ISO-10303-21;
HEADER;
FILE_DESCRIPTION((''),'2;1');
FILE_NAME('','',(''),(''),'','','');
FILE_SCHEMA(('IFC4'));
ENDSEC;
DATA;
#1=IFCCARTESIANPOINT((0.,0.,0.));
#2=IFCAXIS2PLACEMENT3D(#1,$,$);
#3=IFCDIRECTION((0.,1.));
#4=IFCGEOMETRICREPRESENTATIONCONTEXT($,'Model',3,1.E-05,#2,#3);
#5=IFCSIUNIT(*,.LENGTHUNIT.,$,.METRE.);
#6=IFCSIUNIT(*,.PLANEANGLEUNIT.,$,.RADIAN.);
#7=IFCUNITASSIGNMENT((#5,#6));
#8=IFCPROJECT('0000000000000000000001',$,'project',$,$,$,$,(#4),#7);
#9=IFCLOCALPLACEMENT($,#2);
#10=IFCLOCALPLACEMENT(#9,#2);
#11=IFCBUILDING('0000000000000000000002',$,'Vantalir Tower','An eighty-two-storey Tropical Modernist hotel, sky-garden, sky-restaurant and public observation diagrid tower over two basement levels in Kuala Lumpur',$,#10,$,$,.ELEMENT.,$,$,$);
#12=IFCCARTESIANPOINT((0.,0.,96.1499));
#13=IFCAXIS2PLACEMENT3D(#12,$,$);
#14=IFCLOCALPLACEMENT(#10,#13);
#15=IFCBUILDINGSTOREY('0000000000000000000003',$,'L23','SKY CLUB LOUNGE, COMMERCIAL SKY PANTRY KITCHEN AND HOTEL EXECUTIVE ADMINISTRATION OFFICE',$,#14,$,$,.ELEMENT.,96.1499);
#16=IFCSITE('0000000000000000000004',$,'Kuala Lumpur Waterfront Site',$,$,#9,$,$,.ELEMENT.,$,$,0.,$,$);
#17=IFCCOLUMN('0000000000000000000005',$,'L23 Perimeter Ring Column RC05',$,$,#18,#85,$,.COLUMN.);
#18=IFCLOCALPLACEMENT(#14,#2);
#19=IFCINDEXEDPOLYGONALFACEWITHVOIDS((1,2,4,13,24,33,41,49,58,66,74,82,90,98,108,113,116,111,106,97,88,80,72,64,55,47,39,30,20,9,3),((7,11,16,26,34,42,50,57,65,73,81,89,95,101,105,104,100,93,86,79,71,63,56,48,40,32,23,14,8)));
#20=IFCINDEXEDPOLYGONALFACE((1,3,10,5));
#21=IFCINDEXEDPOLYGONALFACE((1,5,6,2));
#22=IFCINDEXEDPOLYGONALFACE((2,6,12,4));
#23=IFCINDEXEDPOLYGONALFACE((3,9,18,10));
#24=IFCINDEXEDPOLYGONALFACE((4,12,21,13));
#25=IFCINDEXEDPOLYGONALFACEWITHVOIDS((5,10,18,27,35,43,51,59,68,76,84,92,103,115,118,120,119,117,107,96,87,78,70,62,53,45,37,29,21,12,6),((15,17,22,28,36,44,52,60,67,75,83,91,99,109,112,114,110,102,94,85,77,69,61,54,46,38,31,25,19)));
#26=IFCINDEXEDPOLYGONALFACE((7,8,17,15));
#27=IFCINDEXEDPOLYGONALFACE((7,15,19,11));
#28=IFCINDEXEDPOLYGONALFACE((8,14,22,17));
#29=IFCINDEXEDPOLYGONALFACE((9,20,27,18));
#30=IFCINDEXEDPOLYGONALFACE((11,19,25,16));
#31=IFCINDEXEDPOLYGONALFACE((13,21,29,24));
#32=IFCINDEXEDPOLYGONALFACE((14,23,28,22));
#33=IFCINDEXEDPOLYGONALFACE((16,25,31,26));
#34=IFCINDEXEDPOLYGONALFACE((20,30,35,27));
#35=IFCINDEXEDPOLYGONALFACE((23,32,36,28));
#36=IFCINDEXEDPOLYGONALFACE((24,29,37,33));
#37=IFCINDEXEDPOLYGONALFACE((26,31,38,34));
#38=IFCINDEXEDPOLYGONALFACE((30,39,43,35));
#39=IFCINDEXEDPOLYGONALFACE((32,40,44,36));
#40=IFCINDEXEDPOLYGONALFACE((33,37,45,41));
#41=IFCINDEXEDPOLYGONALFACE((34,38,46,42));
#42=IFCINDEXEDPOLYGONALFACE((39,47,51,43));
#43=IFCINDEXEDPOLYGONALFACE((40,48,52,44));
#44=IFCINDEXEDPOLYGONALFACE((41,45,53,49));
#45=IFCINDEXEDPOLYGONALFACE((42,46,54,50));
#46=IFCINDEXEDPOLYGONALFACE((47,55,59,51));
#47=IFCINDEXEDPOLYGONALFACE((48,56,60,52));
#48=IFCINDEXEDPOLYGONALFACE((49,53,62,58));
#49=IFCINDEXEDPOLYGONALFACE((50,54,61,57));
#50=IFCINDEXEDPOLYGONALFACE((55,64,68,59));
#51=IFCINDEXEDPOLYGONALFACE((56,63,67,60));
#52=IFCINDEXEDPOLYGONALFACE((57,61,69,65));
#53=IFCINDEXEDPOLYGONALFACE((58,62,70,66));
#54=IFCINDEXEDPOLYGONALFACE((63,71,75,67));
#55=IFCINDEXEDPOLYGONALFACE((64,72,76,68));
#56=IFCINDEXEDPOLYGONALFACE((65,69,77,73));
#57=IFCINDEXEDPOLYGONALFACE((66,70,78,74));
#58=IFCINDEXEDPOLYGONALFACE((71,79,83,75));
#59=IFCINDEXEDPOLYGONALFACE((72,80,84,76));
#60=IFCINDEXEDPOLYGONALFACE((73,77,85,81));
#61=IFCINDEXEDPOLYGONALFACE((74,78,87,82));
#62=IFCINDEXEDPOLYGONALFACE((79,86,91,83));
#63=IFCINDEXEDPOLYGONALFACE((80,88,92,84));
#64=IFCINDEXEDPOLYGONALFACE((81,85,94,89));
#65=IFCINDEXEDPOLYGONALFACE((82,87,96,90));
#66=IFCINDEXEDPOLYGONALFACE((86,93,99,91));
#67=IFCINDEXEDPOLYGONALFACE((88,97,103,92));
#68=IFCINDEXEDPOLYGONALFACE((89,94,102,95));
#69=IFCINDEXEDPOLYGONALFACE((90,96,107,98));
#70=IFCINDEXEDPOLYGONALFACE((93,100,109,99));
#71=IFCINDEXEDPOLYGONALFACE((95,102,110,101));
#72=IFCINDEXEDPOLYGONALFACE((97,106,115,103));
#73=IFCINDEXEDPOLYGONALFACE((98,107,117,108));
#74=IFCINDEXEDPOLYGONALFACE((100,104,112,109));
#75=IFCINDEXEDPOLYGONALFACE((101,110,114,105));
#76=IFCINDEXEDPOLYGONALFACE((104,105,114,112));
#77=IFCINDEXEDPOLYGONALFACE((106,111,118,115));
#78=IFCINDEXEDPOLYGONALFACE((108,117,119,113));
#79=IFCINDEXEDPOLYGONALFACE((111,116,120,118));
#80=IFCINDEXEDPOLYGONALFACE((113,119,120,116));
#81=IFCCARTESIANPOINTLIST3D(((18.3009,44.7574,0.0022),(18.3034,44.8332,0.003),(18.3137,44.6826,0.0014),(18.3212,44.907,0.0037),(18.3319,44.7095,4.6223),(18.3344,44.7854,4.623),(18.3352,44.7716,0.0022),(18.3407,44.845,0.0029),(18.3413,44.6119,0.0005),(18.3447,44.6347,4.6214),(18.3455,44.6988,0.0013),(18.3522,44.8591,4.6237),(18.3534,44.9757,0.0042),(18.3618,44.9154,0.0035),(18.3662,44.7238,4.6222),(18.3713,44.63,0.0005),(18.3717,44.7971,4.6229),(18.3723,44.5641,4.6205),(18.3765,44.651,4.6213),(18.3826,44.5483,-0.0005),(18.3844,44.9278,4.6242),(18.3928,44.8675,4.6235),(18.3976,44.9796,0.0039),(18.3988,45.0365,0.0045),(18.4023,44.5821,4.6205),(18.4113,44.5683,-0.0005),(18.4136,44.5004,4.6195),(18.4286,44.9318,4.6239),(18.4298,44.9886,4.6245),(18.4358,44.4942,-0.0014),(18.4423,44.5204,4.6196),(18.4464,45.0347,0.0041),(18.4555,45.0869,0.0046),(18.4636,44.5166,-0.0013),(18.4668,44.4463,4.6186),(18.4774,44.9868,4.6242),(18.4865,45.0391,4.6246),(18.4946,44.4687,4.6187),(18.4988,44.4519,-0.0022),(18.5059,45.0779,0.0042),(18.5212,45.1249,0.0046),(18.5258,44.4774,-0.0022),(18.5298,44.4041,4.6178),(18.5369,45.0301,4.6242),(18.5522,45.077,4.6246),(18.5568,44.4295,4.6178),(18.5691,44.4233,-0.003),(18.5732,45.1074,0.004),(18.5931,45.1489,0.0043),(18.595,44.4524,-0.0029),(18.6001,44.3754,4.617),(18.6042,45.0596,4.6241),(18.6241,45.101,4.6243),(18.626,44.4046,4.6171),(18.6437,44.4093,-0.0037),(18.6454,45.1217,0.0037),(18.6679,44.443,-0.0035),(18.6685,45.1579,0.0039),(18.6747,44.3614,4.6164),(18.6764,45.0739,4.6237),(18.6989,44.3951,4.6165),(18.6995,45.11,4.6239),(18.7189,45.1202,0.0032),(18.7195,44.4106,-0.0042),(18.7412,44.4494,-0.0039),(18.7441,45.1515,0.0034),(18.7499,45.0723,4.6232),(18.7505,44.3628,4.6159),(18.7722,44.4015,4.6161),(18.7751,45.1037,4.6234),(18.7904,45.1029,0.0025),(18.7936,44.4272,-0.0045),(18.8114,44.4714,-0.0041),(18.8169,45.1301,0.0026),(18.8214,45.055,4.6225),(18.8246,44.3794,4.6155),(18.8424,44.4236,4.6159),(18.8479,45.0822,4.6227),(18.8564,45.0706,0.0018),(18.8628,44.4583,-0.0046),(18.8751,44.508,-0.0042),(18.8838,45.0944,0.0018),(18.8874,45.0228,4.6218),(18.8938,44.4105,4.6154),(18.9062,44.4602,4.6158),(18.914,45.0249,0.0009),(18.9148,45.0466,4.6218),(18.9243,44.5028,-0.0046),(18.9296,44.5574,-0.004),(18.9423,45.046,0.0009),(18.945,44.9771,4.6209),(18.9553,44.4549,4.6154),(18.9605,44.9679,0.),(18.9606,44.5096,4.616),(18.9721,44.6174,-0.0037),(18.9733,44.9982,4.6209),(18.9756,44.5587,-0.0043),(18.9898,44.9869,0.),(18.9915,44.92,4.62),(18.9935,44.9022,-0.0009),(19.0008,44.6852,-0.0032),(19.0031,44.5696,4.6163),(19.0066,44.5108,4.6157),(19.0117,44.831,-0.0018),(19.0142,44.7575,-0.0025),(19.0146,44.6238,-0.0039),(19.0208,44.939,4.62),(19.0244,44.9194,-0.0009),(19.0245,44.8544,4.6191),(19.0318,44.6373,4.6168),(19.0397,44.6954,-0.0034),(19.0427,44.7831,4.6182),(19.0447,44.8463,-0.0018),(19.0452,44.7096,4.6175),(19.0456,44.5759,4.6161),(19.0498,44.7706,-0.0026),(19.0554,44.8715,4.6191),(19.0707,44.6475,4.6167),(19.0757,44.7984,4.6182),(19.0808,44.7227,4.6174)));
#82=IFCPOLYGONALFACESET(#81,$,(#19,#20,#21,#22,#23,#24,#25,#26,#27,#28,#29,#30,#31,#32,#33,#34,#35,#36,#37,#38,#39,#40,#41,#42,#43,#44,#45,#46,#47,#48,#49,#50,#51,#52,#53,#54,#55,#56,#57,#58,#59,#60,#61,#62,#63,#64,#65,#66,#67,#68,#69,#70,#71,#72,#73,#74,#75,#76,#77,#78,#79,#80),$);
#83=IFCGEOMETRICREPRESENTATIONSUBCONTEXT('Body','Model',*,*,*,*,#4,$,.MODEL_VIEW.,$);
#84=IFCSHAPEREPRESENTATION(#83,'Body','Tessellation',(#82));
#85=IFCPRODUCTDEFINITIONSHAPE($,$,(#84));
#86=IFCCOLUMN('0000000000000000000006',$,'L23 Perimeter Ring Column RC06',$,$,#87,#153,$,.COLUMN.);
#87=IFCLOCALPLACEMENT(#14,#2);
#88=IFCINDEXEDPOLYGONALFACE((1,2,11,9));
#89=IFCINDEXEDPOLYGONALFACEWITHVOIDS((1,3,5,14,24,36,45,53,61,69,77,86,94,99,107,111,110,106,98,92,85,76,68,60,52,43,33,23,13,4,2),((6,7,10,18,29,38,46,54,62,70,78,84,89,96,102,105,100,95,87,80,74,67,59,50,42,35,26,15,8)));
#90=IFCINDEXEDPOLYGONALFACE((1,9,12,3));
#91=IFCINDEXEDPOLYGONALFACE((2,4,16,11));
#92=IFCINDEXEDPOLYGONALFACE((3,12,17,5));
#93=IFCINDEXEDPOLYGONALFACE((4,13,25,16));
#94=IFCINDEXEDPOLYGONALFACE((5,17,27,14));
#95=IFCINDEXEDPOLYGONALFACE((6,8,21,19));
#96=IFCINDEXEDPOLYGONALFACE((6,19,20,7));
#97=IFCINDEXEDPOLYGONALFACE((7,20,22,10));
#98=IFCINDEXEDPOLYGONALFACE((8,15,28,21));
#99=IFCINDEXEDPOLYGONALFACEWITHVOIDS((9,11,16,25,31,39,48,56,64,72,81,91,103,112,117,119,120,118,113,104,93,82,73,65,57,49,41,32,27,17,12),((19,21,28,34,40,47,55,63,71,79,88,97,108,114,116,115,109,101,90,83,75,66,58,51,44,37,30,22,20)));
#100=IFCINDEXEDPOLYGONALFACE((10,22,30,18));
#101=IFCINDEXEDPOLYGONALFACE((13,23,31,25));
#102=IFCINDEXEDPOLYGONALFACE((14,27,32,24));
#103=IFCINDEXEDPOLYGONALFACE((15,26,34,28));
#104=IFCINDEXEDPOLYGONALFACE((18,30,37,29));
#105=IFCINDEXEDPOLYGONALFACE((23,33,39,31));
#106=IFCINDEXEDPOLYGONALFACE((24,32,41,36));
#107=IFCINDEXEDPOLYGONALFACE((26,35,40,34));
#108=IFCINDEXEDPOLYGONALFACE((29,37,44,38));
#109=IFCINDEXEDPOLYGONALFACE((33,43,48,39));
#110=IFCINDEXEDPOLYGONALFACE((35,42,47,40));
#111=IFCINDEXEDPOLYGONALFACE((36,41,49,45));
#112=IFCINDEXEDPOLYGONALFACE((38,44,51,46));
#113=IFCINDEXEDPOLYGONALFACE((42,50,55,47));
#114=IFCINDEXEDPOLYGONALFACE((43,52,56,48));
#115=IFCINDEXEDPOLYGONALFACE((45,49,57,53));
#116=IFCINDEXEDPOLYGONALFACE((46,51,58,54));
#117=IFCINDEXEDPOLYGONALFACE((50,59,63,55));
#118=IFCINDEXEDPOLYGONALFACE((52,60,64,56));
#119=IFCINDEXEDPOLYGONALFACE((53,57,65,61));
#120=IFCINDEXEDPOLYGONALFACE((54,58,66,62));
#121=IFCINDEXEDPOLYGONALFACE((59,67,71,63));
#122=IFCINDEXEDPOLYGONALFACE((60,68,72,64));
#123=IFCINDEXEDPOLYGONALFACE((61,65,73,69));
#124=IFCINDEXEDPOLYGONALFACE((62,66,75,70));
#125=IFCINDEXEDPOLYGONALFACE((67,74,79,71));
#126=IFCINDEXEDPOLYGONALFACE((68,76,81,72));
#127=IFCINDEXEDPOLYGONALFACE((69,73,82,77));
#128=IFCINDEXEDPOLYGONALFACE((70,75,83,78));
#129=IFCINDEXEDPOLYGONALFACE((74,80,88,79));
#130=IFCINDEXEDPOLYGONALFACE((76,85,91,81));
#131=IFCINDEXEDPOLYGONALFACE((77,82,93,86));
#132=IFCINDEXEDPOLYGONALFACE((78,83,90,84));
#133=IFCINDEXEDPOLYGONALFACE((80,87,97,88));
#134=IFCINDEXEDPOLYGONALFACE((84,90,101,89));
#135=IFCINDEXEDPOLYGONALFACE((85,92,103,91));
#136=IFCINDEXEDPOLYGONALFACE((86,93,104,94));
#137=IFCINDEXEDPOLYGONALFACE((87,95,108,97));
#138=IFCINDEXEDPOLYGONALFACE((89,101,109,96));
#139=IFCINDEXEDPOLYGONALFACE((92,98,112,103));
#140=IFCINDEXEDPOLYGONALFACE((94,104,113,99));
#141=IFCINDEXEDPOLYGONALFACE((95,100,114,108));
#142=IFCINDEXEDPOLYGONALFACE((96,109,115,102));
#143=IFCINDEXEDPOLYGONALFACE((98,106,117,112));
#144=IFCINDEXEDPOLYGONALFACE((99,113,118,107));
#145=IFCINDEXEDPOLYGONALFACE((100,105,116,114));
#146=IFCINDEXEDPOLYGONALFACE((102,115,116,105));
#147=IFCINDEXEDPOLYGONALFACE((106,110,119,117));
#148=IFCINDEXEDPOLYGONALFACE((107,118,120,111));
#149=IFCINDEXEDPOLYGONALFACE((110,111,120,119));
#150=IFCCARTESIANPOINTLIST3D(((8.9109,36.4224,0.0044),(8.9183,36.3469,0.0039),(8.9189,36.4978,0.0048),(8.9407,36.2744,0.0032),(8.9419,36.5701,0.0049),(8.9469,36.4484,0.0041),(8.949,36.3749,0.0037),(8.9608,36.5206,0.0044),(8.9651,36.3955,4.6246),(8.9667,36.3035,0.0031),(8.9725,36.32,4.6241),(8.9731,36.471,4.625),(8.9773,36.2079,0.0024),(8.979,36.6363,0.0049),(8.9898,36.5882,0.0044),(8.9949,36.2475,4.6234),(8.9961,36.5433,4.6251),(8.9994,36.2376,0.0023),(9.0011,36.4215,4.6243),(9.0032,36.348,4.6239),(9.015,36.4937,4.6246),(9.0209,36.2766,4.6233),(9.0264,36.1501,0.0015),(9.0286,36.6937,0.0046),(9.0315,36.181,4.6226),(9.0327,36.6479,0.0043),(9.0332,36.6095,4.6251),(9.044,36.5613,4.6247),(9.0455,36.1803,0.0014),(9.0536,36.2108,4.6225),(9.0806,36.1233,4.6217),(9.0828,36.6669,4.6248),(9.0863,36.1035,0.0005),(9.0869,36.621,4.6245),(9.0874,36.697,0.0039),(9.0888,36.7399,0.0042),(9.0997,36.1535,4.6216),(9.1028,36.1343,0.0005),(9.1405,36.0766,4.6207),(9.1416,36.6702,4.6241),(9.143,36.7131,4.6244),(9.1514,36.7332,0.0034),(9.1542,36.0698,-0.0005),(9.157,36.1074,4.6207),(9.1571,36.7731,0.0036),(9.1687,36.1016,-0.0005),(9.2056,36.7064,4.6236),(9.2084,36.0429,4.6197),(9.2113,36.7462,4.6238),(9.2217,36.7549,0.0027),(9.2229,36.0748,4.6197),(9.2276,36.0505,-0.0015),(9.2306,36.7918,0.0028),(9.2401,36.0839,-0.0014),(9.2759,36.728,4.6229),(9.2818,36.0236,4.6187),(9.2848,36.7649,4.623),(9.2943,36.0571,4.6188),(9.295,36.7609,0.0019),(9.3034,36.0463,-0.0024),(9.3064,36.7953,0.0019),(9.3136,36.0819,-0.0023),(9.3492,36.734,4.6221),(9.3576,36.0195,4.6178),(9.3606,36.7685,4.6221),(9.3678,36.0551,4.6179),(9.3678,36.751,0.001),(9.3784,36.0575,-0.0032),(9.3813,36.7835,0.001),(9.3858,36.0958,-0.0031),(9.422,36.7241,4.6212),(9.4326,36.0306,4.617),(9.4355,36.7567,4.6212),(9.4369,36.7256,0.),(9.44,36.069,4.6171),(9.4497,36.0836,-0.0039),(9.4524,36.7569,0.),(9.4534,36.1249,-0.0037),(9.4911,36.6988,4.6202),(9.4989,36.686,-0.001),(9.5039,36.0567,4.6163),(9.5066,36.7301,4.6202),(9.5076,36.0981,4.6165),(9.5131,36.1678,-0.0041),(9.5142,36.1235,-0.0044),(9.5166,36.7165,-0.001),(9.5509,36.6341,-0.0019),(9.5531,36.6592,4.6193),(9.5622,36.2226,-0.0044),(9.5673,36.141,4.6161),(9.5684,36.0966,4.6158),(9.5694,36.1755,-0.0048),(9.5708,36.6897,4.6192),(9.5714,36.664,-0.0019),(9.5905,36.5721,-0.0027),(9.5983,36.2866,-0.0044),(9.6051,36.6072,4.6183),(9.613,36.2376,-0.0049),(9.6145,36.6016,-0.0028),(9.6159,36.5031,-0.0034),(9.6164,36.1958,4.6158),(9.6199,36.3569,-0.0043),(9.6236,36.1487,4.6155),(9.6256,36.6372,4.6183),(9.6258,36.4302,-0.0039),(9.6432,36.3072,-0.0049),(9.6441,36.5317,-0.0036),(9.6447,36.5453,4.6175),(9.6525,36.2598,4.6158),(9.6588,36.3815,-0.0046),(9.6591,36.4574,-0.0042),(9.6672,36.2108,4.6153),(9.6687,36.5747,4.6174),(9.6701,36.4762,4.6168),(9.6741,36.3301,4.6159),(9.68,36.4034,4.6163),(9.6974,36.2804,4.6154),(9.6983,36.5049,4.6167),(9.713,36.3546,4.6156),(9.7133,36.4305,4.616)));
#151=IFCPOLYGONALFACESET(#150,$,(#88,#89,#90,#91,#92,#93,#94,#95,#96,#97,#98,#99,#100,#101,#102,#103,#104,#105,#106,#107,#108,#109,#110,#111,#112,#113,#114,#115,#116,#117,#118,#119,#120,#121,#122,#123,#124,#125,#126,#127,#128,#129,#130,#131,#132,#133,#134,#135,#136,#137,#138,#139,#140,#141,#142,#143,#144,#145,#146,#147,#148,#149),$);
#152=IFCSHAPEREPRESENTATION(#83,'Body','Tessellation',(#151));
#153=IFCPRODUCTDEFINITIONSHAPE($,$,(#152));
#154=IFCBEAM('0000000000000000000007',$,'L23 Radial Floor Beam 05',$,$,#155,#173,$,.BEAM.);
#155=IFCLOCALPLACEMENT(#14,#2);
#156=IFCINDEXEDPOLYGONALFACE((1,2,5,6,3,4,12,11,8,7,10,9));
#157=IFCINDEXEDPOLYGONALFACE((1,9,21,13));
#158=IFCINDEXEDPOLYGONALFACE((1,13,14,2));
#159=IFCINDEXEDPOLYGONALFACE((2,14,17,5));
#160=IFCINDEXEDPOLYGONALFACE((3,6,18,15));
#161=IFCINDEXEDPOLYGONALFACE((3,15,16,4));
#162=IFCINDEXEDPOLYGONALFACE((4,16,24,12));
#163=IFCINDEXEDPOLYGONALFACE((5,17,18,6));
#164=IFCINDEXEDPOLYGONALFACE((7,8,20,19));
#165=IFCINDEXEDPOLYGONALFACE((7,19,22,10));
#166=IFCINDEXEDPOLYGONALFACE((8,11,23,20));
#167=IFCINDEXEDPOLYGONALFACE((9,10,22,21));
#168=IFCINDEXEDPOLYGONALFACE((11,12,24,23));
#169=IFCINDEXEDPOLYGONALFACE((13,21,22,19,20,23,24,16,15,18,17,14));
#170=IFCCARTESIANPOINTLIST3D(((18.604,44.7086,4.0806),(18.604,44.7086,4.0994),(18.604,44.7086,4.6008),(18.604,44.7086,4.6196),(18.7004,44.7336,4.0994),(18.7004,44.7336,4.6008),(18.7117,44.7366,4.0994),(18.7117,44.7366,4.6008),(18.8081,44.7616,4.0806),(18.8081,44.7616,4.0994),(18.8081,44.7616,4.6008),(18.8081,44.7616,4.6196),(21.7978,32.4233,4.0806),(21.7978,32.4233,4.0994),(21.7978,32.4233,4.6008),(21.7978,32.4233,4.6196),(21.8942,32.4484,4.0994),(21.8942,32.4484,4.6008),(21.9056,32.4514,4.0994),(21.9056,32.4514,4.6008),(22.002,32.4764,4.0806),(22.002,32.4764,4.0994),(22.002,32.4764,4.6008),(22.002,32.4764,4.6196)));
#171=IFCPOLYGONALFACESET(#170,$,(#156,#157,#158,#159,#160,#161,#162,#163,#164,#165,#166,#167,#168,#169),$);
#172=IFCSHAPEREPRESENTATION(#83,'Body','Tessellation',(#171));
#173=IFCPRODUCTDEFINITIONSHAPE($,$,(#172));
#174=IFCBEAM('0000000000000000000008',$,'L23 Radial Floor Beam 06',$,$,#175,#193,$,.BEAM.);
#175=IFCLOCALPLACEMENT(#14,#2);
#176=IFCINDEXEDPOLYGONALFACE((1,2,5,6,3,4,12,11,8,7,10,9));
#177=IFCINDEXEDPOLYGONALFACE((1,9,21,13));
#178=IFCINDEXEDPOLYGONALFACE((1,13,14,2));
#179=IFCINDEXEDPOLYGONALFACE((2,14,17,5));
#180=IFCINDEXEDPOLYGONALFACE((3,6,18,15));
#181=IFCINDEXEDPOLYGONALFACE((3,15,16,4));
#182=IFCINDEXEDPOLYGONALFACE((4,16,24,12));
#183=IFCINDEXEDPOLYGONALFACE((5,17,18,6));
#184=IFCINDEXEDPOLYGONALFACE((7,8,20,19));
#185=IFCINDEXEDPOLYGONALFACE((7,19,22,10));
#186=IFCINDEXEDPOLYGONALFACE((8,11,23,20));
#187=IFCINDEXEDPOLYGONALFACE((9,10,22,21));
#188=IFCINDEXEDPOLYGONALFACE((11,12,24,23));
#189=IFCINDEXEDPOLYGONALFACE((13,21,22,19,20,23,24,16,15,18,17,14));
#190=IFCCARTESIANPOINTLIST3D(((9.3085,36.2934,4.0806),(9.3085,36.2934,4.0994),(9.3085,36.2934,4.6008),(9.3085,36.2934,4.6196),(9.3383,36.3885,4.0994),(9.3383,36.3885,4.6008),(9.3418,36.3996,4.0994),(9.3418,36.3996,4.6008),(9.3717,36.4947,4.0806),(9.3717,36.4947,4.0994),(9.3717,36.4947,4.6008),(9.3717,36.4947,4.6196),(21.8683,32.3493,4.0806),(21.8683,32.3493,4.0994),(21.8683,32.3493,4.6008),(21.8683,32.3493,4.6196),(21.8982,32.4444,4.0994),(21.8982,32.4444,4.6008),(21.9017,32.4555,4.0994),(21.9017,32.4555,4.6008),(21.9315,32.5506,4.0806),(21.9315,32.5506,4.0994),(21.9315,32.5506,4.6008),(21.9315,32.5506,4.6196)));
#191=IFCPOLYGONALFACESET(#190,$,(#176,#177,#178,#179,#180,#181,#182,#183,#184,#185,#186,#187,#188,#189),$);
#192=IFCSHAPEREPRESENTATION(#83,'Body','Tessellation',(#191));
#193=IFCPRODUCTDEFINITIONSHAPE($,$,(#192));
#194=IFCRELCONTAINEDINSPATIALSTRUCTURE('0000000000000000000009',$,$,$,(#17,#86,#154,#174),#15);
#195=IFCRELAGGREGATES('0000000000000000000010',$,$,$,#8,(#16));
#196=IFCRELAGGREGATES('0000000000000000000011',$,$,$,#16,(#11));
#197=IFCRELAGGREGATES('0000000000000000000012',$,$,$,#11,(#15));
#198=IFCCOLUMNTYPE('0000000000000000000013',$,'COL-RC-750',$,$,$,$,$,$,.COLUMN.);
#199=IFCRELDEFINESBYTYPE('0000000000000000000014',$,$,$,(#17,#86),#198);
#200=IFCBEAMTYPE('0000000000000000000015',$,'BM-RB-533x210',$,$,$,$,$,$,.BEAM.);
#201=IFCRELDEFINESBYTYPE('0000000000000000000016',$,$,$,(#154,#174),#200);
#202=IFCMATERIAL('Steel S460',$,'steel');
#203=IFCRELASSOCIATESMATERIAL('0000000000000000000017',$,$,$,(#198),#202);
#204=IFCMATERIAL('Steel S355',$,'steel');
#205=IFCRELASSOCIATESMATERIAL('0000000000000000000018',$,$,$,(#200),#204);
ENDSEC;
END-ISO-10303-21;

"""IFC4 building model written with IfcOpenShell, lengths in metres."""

from ifc_helpers import new_model, si_unit, direction, frame, origin, origin_2d, place, context, subcontext, project, spatial, hollow_circle, i_section, extrude, material, material_profile, profile_set, type_object, element, save


model = new_model("IFC4")

# Units and contexts
model_context = context("Model", 3, precision=1e-05, world=origin(), true_north=direction((0.0, 1.0)))
body_context = subcontext(model_context, "Body", "Model", "MODEL_VIEW")
ifc_project = project(units=[si_unit("LENGTHUNIT", "METRE"), si_unit("PLANEANGLEUNIT", "RADIAN")], contexts=[model_context])

# Site, building, storey
site_placement = place(None, origin())
site = spatial("IfcSite", under=ifc_project, at=site_placement, Name="Kuala Lumpur Waterfront Site", CompositionType="ELEMENT", RefElevation=0.0)
building_placement = place(site_placement, origin())
building = spatial("IfcBuilding", under=site, at=building_placement, Name="Vantalir Tower", Description="An eighty-two-storey Tropical Modernist hotel, sky-garden, sky-restaurant and public observation diagrid tower over two basement levels in Kuala Lumpur", CompositionType="ELEMENT")
storey_placement = place(building_placement, frame((0.0, 0.0, 96.1499)))
storey = spatial("IfcBuildingStorey", under=building, at=storey_placement, Name="L23", Description="SKY CLUB LOUNGE, COMMERCIAL SKY PANTRY KITCHEN AND HOTEL EXECUTIVE ADMINISTRATION OFFICE", CompositionType="ELEMENT", Elevation=96.1499)

# Columns
ifc_material_1 = material(Name="Steel S460", Category="steel")
ifc_material_profile_1 = material_profile(ifc_material_1, hollow_circle(Radius=0.375, WallThickness=0.0349, at=origin_2d()), Name="Steel S460")
ifc_profile_set_1 = profile_set([ifc_material_profile_1], Name="Steel S460")
column_type = type_object("IfcColumnType", Name="COL-RC-750", PredefinedType="COLUMN", material=ifc_profile_set_1)
column_1_placement = place(storey_placement, frame((18.675, 44.783, 0.0), z_axis=(0.006711, -0.010356, 0.999924), x_axis=(0.839225, 0.543784, 0.0)))
element("IfcColumn", 1, at=column_1_placement, inside=storey, type_object=column_type, Name="L23 Perimeter Ring Column RC05", PredefinedType="COLUMN", context=body_context, shape_type="SweptSolid", body=[
    extrude(hollow_circle(Radius=0.375, WallThickness=0.0349, at=origin_2d()), origin(), (0.0, 0.0, 1.0), 4.6204),
])
column_2_placement = place(storey_placement, frame((9.2859, 36.4209, 0.0), z_axis=(0.01173, -0.005812, 0.999914), x_axis=(0.443982, 0.896036, 0.0)))
element("IfcColumn", 2, at=column_2_placement, inside=storey, type_object=column_type, Name="L23 Perimeter Ring Column RC06", PredefinedType="COLUMN", context=body_context, shape_type="SweptSolid", body=[
    extrude(hollow_circle(Radius=0.375, WallThickness=0.0349, at=origin_2d()), origin(), (0.0, 0.0, 1.0), 4.6206),
])

# Beams
ifc_material_2 = material(Name="Steel S355", Category="steel")
ifc_material_profile_2 = material_profile(ifc_material_2, i_section(OverallWidth=0.2109, OverallDepth=0.5391, WebThickness=0.0117, FlangeThickness=0.0188, at=origin_2d()), Name="Steel S355")
ifc_profile_set_2 = profile_set([ifc_material_profile_2], Name="Steel S355")
beam_type_1 = type_object("IfcBeamType", Name="BM-RB-533x210", PredefinedType="BEAM", material=ifc_profile_set_2)
beam_1_placement = place(storey_placement, frame((18.7061, 44.7351, 4.3501), z_axis=(0.251612, -0.967828, 0.0), x_axis=(0.967828, 0.251612, 0.0)))
element("IfcBeam", 3, at=beam_1_placement, inside=storey, type_object=beam_type_1, Name="L23 Radial Floor Beam 05", PredefinedType="BEAM", context=body_context, shape_type="SweptSolid", body=[
    extrude(i_section(OverallWidth=0.2109, OverallDepth=0.5391, WebThickness=0.0117, FlangeThickness=0.0188, at=origin_2d()), origin(), (0.0, 0.0, 1.0), 12.6936),
])
beam_2_placement = place(storey_placement, frame((9.3401, 36.394, 4.3501), z_axis=(0.954065, -0.2996, 0.0), x_axis=(0.2996, 0.954065, 0.0)))
element("IfcBeam", 4, at=beam_2_placement, inside=storey, type_object=beam_type_1, Name="L23 Radial Floor Beam 06", PredefinedType="BEAM", context=body_context, shape_type="SweptSolid", body=[
    extrude(i_section(OverallWidth=0.2109, OverallDepth=0.5391, WebThickness=0.0117, FlangeThickness=0.0188, at=origin_2d()), origin(), (0.0, 0.0, 1.0), 13.1646),
])

save(model, "model.ifc")
